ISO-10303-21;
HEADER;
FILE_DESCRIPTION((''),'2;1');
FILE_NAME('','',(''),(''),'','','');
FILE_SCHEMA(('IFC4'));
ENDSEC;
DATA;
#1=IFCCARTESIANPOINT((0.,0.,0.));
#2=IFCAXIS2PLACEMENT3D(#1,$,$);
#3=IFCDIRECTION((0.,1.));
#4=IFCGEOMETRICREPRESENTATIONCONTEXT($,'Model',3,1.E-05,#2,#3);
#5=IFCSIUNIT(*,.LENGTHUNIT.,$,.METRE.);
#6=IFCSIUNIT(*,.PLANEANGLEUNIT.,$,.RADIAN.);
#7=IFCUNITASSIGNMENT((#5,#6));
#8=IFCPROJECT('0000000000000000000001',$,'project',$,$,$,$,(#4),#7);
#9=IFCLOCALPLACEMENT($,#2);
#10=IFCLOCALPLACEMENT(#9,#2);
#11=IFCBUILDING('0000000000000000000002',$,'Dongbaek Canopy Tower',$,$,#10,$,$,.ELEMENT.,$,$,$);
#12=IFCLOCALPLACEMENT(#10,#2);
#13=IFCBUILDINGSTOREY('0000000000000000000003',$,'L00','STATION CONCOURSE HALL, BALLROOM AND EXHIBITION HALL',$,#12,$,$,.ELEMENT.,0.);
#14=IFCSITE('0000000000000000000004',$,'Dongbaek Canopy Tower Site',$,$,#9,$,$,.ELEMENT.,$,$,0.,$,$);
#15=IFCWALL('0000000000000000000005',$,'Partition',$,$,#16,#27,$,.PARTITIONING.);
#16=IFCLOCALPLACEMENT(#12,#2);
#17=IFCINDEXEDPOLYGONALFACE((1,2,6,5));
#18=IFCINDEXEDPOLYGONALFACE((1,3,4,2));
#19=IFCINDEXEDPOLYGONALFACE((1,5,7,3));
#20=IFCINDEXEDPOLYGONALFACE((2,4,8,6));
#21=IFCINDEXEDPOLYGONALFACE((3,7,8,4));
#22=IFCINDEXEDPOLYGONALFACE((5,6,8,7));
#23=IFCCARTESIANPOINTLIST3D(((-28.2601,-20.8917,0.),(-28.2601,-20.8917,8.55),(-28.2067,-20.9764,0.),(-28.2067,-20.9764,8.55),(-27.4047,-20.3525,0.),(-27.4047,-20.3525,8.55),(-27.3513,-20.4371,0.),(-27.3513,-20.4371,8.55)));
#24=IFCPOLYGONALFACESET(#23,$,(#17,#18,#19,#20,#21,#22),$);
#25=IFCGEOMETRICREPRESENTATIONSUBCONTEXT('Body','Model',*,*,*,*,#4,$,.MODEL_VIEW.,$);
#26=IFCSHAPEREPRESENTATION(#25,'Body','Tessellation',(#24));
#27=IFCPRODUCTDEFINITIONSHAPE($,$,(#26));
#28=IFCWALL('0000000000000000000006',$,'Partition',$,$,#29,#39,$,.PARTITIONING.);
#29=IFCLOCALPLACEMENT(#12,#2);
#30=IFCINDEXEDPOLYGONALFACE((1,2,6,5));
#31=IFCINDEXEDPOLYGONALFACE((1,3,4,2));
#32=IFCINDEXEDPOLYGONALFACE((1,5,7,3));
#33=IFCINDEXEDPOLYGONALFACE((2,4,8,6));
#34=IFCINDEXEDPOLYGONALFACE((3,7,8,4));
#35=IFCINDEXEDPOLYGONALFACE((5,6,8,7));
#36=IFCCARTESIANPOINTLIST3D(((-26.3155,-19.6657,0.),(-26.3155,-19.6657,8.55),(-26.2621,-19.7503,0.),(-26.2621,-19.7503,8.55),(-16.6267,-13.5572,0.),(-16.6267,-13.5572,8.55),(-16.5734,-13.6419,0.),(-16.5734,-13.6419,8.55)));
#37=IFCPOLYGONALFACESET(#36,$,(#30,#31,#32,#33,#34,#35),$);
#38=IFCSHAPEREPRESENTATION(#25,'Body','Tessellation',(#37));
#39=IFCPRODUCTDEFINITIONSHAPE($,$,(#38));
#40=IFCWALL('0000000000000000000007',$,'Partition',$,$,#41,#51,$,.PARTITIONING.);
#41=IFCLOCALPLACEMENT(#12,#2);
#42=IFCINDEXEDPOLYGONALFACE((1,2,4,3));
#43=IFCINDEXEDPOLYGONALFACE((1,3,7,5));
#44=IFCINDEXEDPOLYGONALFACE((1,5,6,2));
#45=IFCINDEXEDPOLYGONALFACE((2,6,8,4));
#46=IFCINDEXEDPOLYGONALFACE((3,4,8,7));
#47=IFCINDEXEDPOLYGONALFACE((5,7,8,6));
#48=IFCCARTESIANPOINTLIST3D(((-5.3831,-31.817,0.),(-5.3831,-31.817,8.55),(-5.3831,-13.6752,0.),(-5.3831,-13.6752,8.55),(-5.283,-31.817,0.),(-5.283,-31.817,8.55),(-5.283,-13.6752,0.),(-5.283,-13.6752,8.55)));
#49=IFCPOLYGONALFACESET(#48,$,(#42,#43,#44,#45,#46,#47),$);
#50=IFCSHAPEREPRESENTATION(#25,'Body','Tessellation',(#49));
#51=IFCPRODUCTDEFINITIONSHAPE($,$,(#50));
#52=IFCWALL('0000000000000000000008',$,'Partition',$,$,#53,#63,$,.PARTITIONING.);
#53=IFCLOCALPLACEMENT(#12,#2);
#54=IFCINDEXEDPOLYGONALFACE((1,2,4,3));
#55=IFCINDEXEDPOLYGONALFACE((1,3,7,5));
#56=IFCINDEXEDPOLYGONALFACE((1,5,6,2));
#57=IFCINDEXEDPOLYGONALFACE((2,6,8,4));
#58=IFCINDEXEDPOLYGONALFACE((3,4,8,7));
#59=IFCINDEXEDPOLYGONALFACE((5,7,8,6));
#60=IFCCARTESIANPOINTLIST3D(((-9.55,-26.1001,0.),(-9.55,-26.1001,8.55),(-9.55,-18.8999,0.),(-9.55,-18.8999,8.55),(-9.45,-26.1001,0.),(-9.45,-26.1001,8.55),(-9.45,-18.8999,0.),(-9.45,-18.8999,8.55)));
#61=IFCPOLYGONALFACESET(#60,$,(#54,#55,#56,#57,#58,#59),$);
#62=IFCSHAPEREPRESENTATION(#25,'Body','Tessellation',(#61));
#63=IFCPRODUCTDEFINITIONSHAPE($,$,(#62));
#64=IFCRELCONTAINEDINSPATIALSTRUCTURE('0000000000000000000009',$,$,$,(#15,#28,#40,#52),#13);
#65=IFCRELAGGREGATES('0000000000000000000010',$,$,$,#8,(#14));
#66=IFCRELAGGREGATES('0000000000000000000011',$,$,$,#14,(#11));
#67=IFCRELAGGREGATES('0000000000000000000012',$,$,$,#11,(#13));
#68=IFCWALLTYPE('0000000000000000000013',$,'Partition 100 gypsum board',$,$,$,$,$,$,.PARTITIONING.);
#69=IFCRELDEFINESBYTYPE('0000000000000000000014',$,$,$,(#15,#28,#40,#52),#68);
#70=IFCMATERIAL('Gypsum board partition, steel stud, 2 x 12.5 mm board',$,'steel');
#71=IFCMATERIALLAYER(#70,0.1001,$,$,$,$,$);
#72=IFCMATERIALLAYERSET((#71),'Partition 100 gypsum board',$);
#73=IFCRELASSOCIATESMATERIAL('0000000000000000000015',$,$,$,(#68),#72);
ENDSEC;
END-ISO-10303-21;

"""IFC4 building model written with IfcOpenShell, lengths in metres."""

from ifc_helpers import new_model, si_unit, direction, frame, frame_2d, origin, place, context, subcontext, project, spatial, rectangle, extrude, material, layer, layer_set, type_object, element, save


model = new_model("IFC4")

# Units and contexts
model_context = context("Model", 3, precision=1e-05, world=origin(), true_north=direction((0.0, 1.0)))
body_context = subcontext(model_context, "Body", "Model", "MODEL_VIEW")
ifc_project = project(units=[si_unit("LENGTHUNIT", "METRE"), si_unit("PLANEANGLEUNIT", "RADIAN")], contexts=[model_context])

# Site, building, storey
site_placement = place(None, origin())
site = spatial("IfcSite", under=ifc_project, at=site_placement, Name="Dongbaek Canopy Tower Site", CompositionType="ELEMENT", RefElevation=0.0)
building_placement = place(site_placement, origin())
building = spatial("IfcBuilding", under=site, at=building_placement, Name="Dongbaek Canopy Tower", CompositionType="ELEMENT")
storey_placement = place(building_placement, origin())
storey = spatial("IfcBuildingStorey", under=building, at=storey_placement, Name="L00", Description="STATION CONCOURSE HALL, BALLROOM AND EXHIBITION HALL", CompositionType="ELEMENT", Elevation=0.0)

# Walls
ifc_material_1 = material(Name="Gypsum board partition, steel stud, 2 x 12.5 mm board", Category="steel")
ifc_layer_1 = layer(ifc_material_1, 0.1001)
ifc_layer_set_1 = layer_set([ifc_layer_1], Name="Partition 100 gypsum board")
wall_type_1 = type_object("IfcWallType", Name="Partition 100 gypsum board", PredefinedType="PARTITIONING", material=ifc_layer_set_1)
wall_1_placement = place(storey_placement, frame((-28.2334, -20.9341, 0.0), z_axis=(0.0, 0.0, 1.0), x_axis=(0.84593, 0.533293, 0.0)))
element("IfcWall", 1, at=wall_1_placement, inside=storey, type_object=wall_type_1, Name="Partition", PredefinedType="PARTITIONING", context=body_context, shape_type="SweptSolid", body=[
    extrude(rectangle(XDim=1.0112, YDim=0.1001, at=frame_2d((0.5056, 0.0))), origin(), (0.0, 0.0, 1.0), 8.55),
])
wall_2_placement = place(storey_placement, frame((-26.2888, -19.708, 0.0), z_axis=(0.0, 0.0, 1.0), x_axis=(0.845914, 0.533319, 0.0)))
element("IfcWall", 2, at=wall_2_placement, inside=storey, type_object=wall_type_1, Name="Partition", PredefinedType="PARTITIONING", context=body_context, shape_type="SweptSolid", body=[
    extrude(rectangle(XDim=11.4536, YDim=0.1001, at=frame_2d((5.7268, 0.0))), origin(), (0.0, 0.0, 1.0), 8.55),
])
wall_3_placement = place(storey_placement, frame((-5.333, -31.8169, 0.0), z_axis=(0.0, 0.0, 1.0), x_axis=(0.0, 1.0, 0.0)))
element("IfcWall", 3, at=wall_3_placement, inside=storey, type_object=wall_type_1, Name="Partition", PredefinedType="PARTITIONING", context=body_context, shape_type="SweptSolid", body=[
    extrude(rectangle(XDim=18.1418, YDim=0.1001, at=frame_2d((9.0708, 0.0))), origin(), (0.0, 0.0, 1.0), 8.55),
])
wall_4_placement = place(storey_placement, frame((-9.5, -26.1001, 0.0), z_axis=(0.0, 0.0, 1.0), x_axis=(0.0, 1.0, 0.0)))
element("IfcWall", 4, at=wall_4_placement, inside=storey, type_object=wall_type_1, Name="Partition", PredefinedType="PARTITIONING", context=body_context, shape_type="SweptSolid", body=[
    extrude(rectangle(XDim=7.2002, YDim=0.1001, at=frame_2d((3.6001, 0.0))), origin(), (0.0, 0.0, 1.0), 8.55),
])

save(model, "model.ifc")
